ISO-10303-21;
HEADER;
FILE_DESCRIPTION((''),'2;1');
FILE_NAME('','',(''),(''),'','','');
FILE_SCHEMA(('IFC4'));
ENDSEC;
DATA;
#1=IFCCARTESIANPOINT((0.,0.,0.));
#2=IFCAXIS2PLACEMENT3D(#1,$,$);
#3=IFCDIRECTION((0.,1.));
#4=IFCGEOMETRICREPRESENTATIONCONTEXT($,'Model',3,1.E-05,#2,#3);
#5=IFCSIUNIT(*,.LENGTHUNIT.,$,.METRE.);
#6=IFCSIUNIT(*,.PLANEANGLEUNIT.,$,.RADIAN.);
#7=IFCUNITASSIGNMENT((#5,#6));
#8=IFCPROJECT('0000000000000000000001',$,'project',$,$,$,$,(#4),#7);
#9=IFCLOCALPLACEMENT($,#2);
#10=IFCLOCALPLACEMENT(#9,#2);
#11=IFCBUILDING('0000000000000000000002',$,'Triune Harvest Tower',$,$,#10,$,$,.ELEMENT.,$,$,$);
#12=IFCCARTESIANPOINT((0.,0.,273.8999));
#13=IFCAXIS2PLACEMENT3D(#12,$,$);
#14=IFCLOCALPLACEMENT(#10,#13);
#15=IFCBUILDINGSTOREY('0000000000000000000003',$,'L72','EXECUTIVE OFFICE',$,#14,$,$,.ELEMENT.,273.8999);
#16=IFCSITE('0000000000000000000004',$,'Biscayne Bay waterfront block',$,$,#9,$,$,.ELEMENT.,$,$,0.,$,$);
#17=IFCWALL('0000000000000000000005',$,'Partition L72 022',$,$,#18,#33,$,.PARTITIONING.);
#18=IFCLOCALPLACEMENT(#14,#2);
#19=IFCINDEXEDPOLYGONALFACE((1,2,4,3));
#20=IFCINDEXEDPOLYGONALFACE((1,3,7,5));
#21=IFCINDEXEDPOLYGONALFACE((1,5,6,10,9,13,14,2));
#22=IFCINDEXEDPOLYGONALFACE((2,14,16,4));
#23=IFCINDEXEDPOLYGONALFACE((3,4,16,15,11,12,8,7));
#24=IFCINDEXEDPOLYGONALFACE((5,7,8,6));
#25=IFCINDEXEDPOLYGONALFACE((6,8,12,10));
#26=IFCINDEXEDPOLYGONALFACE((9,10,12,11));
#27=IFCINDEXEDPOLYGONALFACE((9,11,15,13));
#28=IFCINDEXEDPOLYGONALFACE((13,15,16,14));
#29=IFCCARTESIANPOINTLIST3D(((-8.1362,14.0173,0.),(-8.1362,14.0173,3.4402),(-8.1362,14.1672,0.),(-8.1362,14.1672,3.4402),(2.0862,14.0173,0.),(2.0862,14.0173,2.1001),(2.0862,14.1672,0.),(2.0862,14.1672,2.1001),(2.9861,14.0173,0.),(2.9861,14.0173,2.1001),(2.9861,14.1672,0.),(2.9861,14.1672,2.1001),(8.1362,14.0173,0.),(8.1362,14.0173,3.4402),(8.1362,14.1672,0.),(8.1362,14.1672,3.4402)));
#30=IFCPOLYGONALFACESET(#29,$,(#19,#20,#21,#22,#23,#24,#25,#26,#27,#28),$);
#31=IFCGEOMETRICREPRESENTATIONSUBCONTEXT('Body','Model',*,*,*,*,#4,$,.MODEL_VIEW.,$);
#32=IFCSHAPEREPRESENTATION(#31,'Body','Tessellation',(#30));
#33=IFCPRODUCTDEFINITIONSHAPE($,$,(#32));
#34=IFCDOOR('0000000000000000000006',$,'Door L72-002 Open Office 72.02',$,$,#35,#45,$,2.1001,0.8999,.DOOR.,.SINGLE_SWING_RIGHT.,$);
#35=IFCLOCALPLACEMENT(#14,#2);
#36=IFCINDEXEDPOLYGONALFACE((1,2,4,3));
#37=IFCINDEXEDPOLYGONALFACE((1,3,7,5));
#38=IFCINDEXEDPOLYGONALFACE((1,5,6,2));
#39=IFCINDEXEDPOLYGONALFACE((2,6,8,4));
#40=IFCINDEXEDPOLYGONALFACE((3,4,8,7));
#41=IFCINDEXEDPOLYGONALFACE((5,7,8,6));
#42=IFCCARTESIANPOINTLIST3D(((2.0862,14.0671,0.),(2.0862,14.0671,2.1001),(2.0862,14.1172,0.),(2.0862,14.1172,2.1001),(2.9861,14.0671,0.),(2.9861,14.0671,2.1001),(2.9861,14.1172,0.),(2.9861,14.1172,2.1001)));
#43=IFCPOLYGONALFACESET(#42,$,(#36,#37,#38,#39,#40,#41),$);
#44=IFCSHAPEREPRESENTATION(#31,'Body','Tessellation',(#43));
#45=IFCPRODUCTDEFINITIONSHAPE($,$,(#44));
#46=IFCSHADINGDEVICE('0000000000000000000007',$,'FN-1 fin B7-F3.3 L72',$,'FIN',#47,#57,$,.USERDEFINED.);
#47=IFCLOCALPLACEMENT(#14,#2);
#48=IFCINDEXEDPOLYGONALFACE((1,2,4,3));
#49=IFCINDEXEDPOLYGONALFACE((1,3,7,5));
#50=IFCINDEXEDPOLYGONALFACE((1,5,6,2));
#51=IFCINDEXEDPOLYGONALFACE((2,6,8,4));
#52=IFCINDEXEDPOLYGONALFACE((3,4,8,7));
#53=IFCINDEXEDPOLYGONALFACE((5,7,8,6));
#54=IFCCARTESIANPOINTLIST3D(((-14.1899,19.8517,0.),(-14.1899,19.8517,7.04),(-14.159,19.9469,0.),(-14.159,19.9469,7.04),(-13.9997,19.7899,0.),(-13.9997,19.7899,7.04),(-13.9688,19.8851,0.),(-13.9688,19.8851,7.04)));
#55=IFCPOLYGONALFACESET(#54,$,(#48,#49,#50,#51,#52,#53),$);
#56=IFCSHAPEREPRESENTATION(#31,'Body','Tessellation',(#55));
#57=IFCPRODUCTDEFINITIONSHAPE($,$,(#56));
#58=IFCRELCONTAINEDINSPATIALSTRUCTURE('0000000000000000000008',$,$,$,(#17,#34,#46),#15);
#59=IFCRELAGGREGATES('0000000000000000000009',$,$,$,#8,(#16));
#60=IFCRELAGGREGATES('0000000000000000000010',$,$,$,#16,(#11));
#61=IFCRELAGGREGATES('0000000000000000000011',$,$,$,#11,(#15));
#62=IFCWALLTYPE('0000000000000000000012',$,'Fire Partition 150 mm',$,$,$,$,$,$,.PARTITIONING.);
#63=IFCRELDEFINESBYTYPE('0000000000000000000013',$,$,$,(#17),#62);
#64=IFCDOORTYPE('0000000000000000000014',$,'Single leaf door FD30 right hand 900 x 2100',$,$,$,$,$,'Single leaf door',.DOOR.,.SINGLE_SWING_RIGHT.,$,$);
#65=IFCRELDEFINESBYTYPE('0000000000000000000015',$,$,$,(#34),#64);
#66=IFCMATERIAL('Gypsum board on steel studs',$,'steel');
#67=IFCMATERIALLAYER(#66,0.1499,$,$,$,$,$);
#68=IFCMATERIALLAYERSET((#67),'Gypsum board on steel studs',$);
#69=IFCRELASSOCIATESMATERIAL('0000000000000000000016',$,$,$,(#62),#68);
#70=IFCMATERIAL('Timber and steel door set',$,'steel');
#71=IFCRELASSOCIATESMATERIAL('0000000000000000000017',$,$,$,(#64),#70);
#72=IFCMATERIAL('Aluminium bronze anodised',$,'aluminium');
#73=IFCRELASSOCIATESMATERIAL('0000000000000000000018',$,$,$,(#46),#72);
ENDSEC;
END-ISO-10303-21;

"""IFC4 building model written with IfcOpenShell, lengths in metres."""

from ifc_helpers import new_model, si_unit, direction, frame, frame_2d, origin, origin_2d, place, context, subcontext, project, spatial, rectangle, extrude, source, transform, mapped, material, layer, layer_set, type_object, element, fill, save


model = new_model("IFC4")

# Units and contexts
model_context = context("Model", 3, precision=1e-05, world=origin(), true_north=direction((0.0, 1.0)))
body_context = subcontext(model_context, "Body", "Model", "MODEL_VIEW")
ifc_project = project(units=[si_unit("LENGTHUNIT", "METRE"), si_unit("PLANEANGLEUNIT", "RADIAN")], contexts=[model_context])

# Site, building, storey
site_placement = place(None, origin())
site = spatial("IfcSite", under=ifc_project, at=site_placement, Name="Biscayne Bay waterfront block", CompositionType="ELEMENT", RefElevation=0.0)
building_placement = place(site_placement, origin())
building = spatial("IfcBuilding", under=site, at=building_placement, Name="Triune Harvest Tower", CompositionType="ELEMENT")
storey_placement = place(building_placement, frame((0.0, 0.0, 273.8999)))
storey = spatial("IfcBuildingStorey", under=building, at=storey_placement, Name="L72", Description="EXECUTIVE OFFICE", CompositionType="ELEMENT", Elevation=273.8999)

# Wall, opening, door
ifc_material_1 = material(Name="Gypsum board on steel studs", Category="steel")
ifc_layer_1 = layer(ifc_material_1, 0.1499)
ifc_layer_set_1 = layer_set([ifc_layer_1], Name="Gypsum board on steel studs")
wall_type_1 = type_object("IfcWallType", Name="Fire Partition 150 mm", PredefinedType="PARTITIONING", material=ifc_layer_set_1)
shared_shape_1 = source(origin(), body_context, "Body", "SweptSolid", [
    extrude(rectangle(XDim=16.2725, YDim=0.1499, at=frame_2d((8.1362, 0.0))), origin(), (0.0, 0.0, 1.0), 3.4402),
])
wall_1_placement = place(storey_placement, frame((-8.1362, 14.0923, 0.0), z_axis=(0.0, 0.0, 1.0), x_axis=(1.0, 0.0, 0.0)))
wall_1 = element("IfcWall", 1, at=wall_1_placement, inside=storey, type_object=wall_type_1, Name="Partition L72 022", PredefinedType="PARTITIONING", context=body_context, shape_type="MappedRepresentation", body=[
    mapped(shared_shape_1, transform((0.0, 0.0, 0.0), scale=1.0)),
])
opening_1_placement = place(wall_1_placement, frame((10.2224, 0.0, 0.0)))
opening_1 = element("IfcOpeningElement", 2, at=opening_1_placement, cuts=wall_1, PredefinedType="OPENING", context=body_context, shape_type="SweptSolid", body=[
    extrude(rectangle(XDim=0.8999, YDim=2.1001, at=frame_2d((0.45, 1.05))), frame((0.0, 0.085, 0.0), z_axis=(0.0, -1.0, 0.0), x_axis=(1.0, 0.0, 0.0)), (0.0, 0.0, 1.0), 0.1699),
])
ifc_material_2 = material(Name="Timber and steel door set", Category="steel")
door_type_1 = type_object("IfcDoorType", Name="Single leaf door FD30 right hand 900 x 2100", ElementType="Single leaf door", OperationType="SINGLE_SWING_RIGHT", PredefinedType="DOOR", material=ifc_material_2)
door_1_placement = place(opening_1_placement, origin())
door_1 = element("IfcDoor", 3, at=door_1_placement, inside=storey, type_object=door_type_1, Name="Door L72-002 Open Office 72.02", OperationType="SINGLE_SWING_RIGHT", OverallHeight=2.1001, OverallWidth=0.8999, PredefinedType="DOOR", context=body_context, shape_type="SweptSolid", body=[
    extrude(rectangle(XDim=0.8999, YDim=2.1001, at=frame_2d((0.45, 1.05))), frame((0.0, 0.0249, 0.0), z_axis=(0.0, -1.0, 0.0), x_axis=(1.0, 0.0, 0.0)), (0.0, 0.0, 1.0), 0.05),
])
fill(opening_1, door_1)

# Shading device
ifc_material_3 = material(Name="Aluminium bronze anodised", Category="aluminium")
shared_shape_2 = source(origin(), body_context, "Body", "SweptSolid", [
    extrude(rectangle(XDim=0.1001, YDim=0.2, at=origin_2d()), origin(), (0.0, 0.0, 1.0), 7.04),
])
shading_device_placement = place(storey_placement, frame((-14.0793, 19.8684, 0.0), z_axis=(0.0, 0.0, 1.0), x_axis=(-0.309016, -0.951057, 0.0)))
element("IfcShadingDevice", 4, at=shading_device_placement, inside=storey, material=ifc_material_3, Name="FN-1 fin B7-F3.3 L72", ObjectType="FIN", PredefinedType="USERDEFINED", context=body_context, shape_type="MappedRepresentation", body=[
    mapped(shared_shape_2, transform((0.0, 0.0, 0.0), scale=1.0)),
])

save(model, "model.ifc")
